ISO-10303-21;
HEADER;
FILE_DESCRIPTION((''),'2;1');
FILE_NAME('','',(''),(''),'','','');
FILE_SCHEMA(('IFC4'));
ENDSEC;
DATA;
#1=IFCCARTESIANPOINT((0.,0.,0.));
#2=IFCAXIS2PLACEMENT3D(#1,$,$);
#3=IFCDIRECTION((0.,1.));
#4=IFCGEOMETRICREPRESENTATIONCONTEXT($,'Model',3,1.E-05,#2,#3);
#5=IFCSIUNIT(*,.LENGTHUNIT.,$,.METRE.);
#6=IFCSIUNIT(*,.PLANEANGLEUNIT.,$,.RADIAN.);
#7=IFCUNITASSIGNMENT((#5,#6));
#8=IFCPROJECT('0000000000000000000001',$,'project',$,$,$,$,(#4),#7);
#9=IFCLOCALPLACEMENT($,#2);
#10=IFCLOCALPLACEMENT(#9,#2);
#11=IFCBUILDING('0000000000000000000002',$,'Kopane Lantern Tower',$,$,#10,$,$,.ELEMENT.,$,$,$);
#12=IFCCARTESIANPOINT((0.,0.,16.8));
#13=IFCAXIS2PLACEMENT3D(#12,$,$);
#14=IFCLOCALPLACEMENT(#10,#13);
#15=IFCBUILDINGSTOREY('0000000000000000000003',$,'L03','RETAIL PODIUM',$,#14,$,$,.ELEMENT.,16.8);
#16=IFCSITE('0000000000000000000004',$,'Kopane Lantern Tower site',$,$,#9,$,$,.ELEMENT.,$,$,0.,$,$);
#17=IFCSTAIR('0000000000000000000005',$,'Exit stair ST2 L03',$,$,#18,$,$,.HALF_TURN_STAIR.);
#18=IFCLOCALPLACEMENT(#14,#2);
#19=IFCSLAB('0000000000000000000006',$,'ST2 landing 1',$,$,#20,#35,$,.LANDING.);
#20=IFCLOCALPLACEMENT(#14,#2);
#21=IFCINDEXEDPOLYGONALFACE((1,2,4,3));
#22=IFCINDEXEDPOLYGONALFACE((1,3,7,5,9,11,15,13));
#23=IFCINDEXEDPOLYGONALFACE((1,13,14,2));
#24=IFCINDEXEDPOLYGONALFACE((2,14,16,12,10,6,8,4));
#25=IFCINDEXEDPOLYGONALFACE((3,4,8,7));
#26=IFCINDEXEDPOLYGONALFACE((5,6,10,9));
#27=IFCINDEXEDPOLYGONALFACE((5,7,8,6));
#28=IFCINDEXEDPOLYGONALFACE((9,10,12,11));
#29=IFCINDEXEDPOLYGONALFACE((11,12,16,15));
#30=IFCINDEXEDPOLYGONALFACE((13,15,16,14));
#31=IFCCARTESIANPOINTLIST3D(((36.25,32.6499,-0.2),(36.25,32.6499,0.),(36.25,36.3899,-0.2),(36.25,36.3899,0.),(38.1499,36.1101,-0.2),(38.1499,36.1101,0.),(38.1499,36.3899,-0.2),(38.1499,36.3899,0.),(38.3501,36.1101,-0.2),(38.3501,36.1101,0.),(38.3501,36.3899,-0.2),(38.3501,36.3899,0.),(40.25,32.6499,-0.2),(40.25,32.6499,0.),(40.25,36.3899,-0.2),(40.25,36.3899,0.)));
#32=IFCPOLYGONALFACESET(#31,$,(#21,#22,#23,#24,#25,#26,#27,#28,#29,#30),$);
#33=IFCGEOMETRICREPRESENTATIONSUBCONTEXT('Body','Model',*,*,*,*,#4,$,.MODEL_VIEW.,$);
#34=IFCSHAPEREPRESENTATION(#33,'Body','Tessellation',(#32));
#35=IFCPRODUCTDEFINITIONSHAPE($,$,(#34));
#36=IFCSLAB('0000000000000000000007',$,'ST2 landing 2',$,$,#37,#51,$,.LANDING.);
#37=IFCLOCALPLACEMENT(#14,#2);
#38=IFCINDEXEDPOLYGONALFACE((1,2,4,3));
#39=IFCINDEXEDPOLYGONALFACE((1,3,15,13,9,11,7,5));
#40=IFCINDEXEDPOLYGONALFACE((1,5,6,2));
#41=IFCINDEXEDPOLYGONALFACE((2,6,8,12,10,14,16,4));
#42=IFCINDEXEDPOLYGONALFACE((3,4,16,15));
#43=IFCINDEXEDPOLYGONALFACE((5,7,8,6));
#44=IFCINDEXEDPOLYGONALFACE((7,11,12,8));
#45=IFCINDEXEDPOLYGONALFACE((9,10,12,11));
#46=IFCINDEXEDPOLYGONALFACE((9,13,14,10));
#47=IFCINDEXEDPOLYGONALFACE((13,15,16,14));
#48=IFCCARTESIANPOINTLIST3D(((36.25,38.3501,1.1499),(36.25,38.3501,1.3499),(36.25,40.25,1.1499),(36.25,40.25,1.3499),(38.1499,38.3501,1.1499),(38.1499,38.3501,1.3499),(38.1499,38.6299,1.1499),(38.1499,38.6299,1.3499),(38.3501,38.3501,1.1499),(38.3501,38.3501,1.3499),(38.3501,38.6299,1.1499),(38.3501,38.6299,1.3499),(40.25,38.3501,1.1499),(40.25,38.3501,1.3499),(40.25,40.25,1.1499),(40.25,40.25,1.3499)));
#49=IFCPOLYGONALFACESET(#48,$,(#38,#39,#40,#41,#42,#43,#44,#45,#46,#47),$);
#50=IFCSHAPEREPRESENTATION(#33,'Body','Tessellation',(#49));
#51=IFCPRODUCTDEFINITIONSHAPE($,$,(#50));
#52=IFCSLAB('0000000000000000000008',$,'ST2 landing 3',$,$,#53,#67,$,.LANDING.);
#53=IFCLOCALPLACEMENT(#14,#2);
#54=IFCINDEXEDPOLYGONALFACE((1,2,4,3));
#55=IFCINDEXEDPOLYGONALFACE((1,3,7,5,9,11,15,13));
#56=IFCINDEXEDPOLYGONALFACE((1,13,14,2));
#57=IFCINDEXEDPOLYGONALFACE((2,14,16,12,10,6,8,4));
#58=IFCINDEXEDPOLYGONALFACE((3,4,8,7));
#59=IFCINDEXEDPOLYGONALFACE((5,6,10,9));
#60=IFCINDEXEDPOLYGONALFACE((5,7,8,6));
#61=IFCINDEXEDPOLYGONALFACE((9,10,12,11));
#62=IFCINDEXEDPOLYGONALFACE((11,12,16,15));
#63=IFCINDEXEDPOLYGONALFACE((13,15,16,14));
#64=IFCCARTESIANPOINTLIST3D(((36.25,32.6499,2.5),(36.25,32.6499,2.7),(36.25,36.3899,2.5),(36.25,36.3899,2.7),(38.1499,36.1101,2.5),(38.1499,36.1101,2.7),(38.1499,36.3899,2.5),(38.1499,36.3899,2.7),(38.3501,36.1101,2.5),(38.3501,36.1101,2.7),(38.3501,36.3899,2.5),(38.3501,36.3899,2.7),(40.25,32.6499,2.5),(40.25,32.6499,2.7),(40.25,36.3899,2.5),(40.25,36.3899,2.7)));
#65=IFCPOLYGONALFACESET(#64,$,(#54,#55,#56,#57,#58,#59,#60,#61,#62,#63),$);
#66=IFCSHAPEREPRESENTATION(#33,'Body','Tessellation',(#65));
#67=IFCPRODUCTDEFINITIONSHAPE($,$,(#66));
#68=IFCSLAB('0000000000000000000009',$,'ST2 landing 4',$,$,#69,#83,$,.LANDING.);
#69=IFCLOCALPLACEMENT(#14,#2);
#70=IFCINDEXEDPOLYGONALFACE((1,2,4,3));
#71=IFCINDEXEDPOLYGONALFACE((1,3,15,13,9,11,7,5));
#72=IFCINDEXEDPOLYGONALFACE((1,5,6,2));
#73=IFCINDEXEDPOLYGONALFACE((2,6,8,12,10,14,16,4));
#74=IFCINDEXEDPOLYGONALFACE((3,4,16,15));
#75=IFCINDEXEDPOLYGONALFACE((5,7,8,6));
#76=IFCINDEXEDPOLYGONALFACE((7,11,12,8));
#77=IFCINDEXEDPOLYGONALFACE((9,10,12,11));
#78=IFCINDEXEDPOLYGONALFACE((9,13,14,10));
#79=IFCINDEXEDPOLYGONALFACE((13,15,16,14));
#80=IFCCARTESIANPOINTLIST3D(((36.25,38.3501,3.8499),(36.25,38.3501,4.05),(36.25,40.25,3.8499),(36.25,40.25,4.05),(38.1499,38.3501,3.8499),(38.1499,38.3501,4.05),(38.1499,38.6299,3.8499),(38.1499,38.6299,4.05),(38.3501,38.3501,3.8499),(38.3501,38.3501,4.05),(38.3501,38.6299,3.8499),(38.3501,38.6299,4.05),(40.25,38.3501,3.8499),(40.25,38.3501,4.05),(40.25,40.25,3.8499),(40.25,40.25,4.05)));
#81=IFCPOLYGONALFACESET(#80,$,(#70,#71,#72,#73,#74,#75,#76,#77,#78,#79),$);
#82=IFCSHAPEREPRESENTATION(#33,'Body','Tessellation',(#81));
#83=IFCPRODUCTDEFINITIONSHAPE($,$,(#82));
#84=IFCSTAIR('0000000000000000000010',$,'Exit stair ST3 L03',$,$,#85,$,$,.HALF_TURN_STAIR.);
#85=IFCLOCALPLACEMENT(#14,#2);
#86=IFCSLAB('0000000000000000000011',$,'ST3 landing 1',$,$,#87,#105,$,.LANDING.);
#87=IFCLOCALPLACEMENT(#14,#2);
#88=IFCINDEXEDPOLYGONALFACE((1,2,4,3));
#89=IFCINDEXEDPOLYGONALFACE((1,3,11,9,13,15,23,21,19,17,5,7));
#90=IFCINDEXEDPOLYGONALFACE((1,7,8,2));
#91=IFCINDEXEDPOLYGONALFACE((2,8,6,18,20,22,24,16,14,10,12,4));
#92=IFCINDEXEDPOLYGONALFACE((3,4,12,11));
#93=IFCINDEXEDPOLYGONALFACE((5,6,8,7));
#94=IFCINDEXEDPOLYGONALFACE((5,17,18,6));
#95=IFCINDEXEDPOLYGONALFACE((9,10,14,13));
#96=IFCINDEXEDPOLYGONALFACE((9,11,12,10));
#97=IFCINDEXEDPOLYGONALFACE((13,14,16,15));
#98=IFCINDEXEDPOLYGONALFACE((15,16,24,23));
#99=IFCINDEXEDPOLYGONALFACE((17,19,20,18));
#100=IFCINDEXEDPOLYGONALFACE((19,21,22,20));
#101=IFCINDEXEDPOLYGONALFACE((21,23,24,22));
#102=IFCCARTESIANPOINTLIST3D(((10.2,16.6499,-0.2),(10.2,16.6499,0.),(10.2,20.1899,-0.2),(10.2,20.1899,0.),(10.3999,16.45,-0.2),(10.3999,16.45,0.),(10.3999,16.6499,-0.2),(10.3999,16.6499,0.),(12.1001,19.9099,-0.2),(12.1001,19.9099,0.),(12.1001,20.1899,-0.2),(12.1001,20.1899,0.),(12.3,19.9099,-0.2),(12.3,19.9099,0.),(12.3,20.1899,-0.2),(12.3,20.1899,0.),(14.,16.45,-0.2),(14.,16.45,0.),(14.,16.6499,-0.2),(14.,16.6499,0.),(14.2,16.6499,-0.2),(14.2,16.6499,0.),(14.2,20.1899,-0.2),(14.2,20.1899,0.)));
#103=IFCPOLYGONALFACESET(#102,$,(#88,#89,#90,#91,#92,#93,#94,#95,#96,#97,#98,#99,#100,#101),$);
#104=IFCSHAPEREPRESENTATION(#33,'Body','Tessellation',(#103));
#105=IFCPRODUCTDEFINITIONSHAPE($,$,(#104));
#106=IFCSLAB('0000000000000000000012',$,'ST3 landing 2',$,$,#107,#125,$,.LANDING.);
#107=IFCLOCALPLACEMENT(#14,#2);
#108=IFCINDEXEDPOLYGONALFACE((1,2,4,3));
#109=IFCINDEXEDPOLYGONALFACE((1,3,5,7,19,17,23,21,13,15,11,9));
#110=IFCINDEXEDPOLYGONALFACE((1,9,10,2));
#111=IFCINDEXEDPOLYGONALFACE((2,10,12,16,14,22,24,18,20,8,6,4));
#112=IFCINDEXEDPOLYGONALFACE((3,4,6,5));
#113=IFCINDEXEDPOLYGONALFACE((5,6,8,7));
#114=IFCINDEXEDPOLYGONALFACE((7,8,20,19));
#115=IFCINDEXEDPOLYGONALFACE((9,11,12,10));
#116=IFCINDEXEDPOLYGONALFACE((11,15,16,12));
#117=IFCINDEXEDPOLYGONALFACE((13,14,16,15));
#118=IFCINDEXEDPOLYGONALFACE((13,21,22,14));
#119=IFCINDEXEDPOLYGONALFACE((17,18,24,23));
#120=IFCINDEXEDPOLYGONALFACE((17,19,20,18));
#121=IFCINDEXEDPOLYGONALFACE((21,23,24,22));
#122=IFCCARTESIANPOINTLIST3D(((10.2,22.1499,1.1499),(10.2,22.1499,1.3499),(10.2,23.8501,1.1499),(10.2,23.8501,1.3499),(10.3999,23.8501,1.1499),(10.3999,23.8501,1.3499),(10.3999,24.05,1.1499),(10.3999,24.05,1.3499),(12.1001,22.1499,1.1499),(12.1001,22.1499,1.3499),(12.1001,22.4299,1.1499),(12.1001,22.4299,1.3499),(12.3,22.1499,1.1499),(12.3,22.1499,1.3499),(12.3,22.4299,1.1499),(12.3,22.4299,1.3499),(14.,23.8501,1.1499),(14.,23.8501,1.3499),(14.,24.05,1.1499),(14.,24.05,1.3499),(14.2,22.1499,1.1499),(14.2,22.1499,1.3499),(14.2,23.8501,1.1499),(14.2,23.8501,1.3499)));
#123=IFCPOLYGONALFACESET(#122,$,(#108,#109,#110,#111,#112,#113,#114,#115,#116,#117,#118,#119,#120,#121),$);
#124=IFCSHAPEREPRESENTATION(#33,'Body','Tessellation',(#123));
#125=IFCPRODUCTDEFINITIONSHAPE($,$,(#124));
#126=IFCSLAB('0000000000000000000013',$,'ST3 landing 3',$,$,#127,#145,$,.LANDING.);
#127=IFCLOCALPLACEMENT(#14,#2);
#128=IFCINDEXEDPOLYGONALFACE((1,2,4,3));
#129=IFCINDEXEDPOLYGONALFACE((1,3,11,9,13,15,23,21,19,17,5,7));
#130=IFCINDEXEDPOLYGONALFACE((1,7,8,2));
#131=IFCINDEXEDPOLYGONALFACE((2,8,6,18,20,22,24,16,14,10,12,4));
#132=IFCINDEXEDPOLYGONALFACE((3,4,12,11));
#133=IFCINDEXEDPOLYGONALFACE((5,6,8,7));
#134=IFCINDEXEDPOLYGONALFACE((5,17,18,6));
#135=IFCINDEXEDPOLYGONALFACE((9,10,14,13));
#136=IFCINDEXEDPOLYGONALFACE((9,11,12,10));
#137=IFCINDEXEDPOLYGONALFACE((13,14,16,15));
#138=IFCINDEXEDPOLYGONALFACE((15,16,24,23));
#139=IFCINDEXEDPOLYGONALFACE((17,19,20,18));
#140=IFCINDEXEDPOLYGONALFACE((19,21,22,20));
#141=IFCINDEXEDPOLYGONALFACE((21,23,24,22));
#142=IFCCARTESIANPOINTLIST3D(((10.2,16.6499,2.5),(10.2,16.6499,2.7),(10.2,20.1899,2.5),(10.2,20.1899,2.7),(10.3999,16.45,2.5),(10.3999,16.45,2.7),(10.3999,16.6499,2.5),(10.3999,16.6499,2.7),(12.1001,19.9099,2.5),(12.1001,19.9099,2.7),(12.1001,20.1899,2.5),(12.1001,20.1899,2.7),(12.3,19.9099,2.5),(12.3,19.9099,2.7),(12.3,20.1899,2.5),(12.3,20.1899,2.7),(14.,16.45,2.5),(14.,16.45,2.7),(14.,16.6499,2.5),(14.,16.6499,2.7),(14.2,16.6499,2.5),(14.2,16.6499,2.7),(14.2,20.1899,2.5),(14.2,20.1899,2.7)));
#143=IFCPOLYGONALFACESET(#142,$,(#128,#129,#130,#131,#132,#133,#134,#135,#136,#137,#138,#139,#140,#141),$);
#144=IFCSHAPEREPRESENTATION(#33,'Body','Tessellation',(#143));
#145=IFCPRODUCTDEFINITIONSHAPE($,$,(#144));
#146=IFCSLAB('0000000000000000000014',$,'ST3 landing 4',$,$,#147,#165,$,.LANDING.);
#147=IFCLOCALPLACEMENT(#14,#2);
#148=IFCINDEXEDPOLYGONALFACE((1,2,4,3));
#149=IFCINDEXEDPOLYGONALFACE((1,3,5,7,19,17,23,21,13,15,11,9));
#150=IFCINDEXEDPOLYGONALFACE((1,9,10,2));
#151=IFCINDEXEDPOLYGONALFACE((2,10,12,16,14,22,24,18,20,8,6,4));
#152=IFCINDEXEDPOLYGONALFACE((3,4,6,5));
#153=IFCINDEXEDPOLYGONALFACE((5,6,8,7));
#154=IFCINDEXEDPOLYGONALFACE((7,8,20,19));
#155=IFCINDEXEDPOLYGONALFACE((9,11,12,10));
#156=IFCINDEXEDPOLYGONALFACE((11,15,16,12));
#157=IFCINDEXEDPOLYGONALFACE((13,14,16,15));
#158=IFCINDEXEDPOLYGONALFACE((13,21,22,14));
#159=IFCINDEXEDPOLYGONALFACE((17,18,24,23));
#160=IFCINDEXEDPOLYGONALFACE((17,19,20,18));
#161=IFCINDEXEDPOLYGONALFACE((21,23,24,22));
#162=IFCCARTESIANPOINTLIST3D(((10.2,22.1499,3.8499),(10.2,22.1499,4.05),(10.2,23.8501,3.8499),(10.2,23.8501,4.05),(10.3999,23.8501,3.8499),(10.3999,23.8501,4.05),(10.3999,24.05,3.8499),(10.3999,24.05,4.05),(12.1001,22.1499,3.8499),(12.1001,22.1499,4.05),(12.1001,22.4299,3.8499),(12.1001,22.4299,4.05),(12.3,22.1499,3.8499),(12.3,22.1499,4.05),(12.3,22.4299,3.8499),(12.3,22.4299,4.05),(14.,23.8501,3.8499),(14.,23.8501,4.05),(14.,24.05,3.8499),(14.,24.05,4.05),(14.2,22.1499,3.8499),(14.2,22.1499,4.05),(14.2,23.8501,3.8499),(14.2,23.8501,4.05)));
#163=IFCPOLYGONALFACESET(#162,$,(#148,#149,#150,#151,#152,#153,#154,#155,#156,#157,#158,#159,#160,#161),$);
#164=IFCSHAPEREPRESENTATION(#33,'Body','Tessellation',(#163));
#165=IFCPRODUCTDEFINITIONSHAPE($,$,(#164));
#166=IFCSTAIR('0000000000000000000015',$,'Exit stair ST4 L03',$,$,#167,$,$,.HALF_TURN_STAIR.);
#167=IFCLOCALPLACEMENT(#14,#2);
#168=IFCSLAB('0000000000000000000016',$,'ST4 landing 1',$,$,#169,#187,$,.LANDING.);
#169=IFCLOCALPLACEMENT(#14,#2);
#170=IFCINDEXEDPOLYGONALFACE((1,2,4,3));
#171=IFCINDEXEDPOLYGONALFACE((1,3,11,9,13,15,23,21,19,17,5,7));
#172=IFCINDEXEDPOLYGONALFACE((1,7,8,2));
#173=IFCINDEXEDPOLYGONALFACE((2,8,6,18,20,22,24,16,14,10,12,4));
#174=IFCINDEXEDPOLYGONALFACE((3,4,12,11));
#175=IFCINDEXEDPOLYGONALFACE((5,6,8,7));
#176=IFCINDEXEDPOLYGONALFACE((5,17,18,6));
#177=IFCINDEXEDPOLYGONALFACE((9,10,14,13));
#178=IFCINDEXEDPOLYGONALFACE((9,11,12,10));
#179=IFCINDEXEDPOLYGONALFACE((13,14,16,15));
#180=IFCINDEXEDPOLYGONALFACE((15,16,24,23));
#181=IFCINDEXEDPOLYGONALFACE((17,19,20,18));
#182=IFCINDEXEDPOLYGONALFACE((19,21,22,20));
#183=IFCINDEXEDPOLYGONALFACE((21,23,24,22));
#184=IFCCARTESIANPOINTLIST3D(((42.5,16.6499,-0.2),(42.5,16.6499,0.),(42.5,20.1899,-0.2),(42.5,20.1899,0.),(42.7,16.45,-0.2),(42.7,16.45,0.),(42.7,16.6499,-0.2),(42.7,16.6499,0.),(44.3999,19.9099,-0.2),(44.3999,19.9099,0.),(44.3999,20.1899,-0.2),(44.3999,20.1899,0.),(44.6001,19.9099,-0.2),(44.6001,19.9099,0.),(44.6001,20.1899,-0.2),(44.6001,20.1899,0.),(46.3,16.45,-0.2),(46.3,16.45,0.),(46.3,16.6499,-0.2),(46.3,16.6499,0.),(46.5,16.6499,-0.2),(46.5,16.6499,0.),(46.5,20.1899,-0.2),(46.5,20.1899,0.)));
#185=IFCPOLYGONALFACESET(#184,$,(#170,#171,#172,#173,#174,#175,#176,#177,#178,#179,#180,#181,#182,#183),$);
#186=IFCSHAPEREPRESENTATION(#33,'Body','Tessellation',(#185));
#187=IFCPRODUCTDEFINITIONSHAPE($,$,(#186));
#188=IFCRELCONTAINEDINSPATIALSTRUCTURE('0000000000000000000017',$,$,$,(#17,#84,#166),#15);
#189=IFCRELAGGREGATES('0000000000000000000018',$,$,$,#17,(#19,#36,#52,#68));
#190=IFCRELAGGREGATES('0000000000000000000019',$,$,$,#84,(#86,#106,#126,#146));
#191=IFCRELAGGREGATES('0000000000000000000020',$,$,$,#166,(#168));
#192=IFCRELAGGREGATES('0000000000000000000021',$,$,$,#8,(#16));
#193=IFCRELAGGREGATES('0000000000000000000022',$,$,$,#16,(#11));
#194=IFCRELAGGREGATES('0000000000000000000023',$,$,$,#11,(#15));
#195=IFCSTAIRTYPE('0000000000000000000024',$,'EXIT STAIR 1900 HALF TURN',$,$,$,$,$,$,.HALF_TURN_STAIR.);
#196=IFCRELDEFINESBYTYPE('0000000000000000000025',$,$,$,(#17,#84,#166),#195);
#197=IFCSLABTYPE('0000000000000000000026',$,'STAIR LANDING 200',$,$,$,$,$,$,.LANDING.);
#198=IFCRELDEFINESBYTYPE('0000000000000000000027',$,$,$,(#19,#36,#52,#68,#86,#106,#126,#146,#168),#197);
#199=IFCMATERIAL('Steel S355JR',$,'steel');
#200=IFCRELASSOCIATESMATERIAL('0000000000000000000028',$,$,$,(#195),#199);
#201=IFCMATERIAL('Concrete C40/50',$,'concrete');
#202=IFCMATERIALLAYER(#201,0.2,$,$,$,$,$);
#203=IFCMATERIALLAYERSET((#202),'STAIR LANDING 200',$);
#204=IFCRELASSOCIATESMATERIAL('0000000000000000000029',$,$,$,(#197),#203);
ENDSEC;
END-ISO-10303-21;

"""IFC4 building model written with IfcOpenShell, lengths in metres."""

from ifc_helpers import new_model, si_unit, direction, frame, origin, place, context, subcontext, project, spatial, polyline, outline, extrude, material, layer, layer_set, type_object, element, aggregate, save


model = new_model("IFC4")

# Units and contexts
model_context = context("Model", 3, precision=1e-05, world=origin(), true_north=direction((0.0, 1.0)))
body_context = subcontext(model_context, "Body", "Model", "MODEL_VIEW")
ifc_project = project(units=[si_unit("LENGTHUNIT", "METRE"), si_unit("PLANEANGLEUNIT", "RADIAN")], contexts=[model_context])

# Site, building, storey
site_placement = place(None, origin())
site = spatial("IfcSite", under=ifc_project, at=site_placement, Name="Kopane Lantern Tower site", CompositionType="ELEMENT", RefElevation=0.0)
building_placement = place(site_placement, origin())
building = spatial("IfcBuilding", under=site, at=building_placement, Name="Kopane Lantern Tower", CompositionType="ELEMENT")
storey_placement = place(building_placement, frame((0.0, 0.0, 16.8)))
storey = spatial("IfcBuildingStorey", under=building, at=storey_placement, Name="L03", Description="RETAIL PODIUM", CompositionType="ELEMENT", Elevation=16.8)

# Stairs, slabs
ifc_material_1 = material(Name="Steel S355JR", Category="steel")
stair_type = type_object("IfcStairType", Name="EXIT STAIR 1900 HALF TURN", PredefinedType="HALF_TURN_STAIR", material=ifc_material_1)
ifc_material_2 = material(Name="Concrete C40/50", Category="concrete")
ifc_layer_1 = layer(ifc_material_2, 0.2)
ifc_layer_set_1 = layer_set([ifc_layer_1], Name="STAIR LANDING 200")
slab_type_1 = type_object("IfcSlabType", Name="STAIR LANDING 200", PredefinedType="LANDING", material=ifc_layer_set_1)
stair_1_placement = place(storey_placement, origin())
stair_1 = element("IfcStair", 1, at=stair_1_placement, inside=storey, type_object=stair_type, Name="Exit stair ST2 L03", PredefinedType="HALF_TURN_STAIR")
slab_1_placement = place(storey_placement, frame((0.0, 0.0, -0.2)))
slab_1 = element("IfcSlab", 2, at=slab_1_placement, type_object=slab_type_1, Name="ST2 landing 1", PredefinedType="LANDING", context=body_context, shape_type="SweptSolid", body=[
    extrude(outline(polyline([(40.25, 36.3899), (38.3501, 36.3899), (38.3501, 36.1101), (38.1499, 36.1101), (38.1499, 36.3899), (36.25, 36.3899), (36.25, 32.6499), (40.25, 32.6499), (40.25, 36.3899)])), origin(), (0.0, 0.0, 1.0), 0.2),
])
slab_2_placement = place(storey_placement, frame((0.0, 0.0, 1.1499)))
slab_2 = element("IfcSlab", 3, at=slab_2_placement, type_object=slab_type_1, Name="ST2 landing 2", PredefinedType="LANDING", context=body_context, shape_type="SweptSolid", body=[
    extrude(outline(polyline([(38.1499, 38.6299), (38.3501, 38.6299), (38.3501, 38.3501), (40.25, 38.3501), (40.25, 40.25), (36.25, 40.25), (36.25, 38.3501), (38.1499, 38.3501), (38.1499, 38.6299)])), origin(), (0.0, 0.0, 1.0), 0.2),
])
slab_3_placement = place(storey_placement, frame((0.0, 0.0, 2.5)))
slab_3 = element("IfcSlab", 4, at=slab_3_placement, type_object=slab_type_1, Name="ST2 landing 3", PredefinedType="LANDING", context=body_context, shape_type="SweptSolid", body=[
    extrude(outline(polyline([(40.25, 36.3899), (38.3501, 36.3899), (38.3501, 36.1101), (38.1499, 36.1101), (38.1499, 36.3899), (36.25, 36.3899), (36.25, 32.6499), (40.25, 32.6499), (40.25, 36.3899)])), origin(), (0.0, 0.0, 1.0), 0.2),
])
slab_4_placement = place(storey_placement, frame((0.0, 0.0, 3.8499)))
slab_4 = element("IfcSlab", 5, at=slab_4_placement, type_object=slab_type_1, Name="ST2 landing 4", PredefinedType="LANDING", context=body_context, shape_type="SweptSolid", body=[
    extrude(outline(polyline([(38.1499, 38.6299), (38.3501, 38.6299), (38.3501, 38.3501), (40.25, 38.3501), (40.25, 40.25), (36.25, 40.25), (36.25, 38.3501), (38.1499, 38.3501), (38.1499, 38.6299)])), origin(), (0.0, 0.0, 1.0), 0.2002),
])
aggregate(stair_1, [slab_1, slab_2, slab_3, slab_4])
stair_2_placement = place(storey_placement, origin())
stair_2 = element("IfcStair", 6, at=stair_2_placement, inside=storey, type_object=stair_type, Name="Exit stair ST3 L03", PredefinedType="HALF_TURN_STAIR")
slab_5_placement = place(storey_placement, frame((0.0, 0.0, -0.2)))
slab_5 = element("IfcSlab", 7, at=slab_5_placement, type_object=slab_type_1, Name="ST3 landing 1", PredefinedType="LANDING", context=body_context, shape_type="SweptSolid", body=[
    extrude(outline(polyline([(10.3999, 16.6499), (10.3999, 16.45), (14.0, 16.45), (14.0, 16.6499), (14.2, 16.6499), (14.2, 20.1899), (12.3, 20.1899), (12.3, 19.9099), (12.1001, 19.9099), (12.1001, 20.1899), (10.2, 20.1899), (10.2, 16.6499), (10.3999, 16.6499)])), origin(), (0.0, 0.0, 1.0), 0.2),
])
slab_6_placement = place(storey_placement, frame((0.0, 0.0, 1.1499)))
slab_6 = element("IfcSlab", 8, at=slab_6_placement, type_object=slab_type_1, Name="ST3 landing 2", PredefinedType="LANDING", context=body_context, shape_type="SweptSolid", body=[
    extrude(outline(polyline([(10.3999, 23.8501), (10.2, 23.8501), (10.2, 22.1499), (12.1001, 22.1499), (12.1001, 22.4299), (12.3, 22.4299), (12.3, 22.1499), (14.2, 22.1499), (14.2, 23.8501), (14.0, 23.8501), (14.0, 24.05), (10.3999, 24.05), (10.3999, 23.8501)])), origin(), (0.0, 0.0, 1.0), 0.2),
])
slab_7_placement = place(storey_placement, frame((0.0, 0.0, 2.5)))
slab_7 = element("IfcSlab", 9, at=slab_7_placement, type_object=slab_type_1, Name="ST3 landing 3", PredefinedType="LANDING", context=body_context, shape_type="SweptSolid", body=[
    extrude(outline(polyline([(10.3999, 16.6499), (10.3999, 16.45), (14.0, 16.45), (14.0, 16.6499), (14.2, 16.6499), (14.2, 20.1899), (12.3, 20.1899), (12.3, 19.9099), (12.1001, 19.9099), (12.1001, 20.1899), (10.2, 20.1899), (10.2, 16.6499), (10.3999, 16.6499)])), origin(), (0.0, 0.0, 1.0), 0.2),
])
slab_8_placement = place(storey_placement, frame((0.0, 0.0, 3.8499)))
slab_8 = element("IfcSlab", 10, at=slab_8_placement, type_object=slab_type_1, Name="ST3 landing 4", PredefinedType="LANDING", context=body_context, shape_type="SweptSolid", body=[
    extrude(outline(polyline([(10.3999, 23.8501), (10.2, 23.8501), (10.2, 22.1499), (12.1001, 22.1499), (12.1001, 22.4299), (12.3, 22.4299), (12.3, 22.1499), (14.2, 22.1499), (14.2, 23.8501), (14.0, 23.8501), (14.0, 24.05), (10.3999, 24.05), (10.3999, 23.8501)])), origin(), (0.0, 0.0, 1.0), 0.2002),
])
aggregate(stair_2, [slab_5, slab_6, slab_7, slab_8])
stair_3_placement = place(storey_placement, origin())
stair_3 = element("IfcStair", 11, at=stair_3_placement, inside=storey, type_object=stair_type, Name="Exit stair ST4 L03", PredefinedType="HALF_TURN_STAIR")
slab_9_placement = place(storey_placement, frame((0.0, 0.0, -0.2)))
slab_9 = element("IfcSlab", 12, at=slab_9_placement, type_object=slab_type_1, Name="ST4 landing 1", PredefinedType="LANDING", context=body_context, shape_type="SweptSolid", body=[
    extrude(outline(polyline([(42.7, 16.6499), (42.7, 16.45), (46.3, 16.45), (46.3, 16.6499), (46.5, 16.6499), (46.5, 20.1899), (44.6001, 20.1899), (44.6001, 19.9099), (44.3999, 19.9099), (44.3999, 20.1899), (42.5, 20.1899), (42.5, 16.6499), (42.7, 16.6499)])), origin(), (0.0, 0.0, 1.0), 0.2),
])
aggregate(stair_3, [slab_9])

save(model, "model.ifc")
